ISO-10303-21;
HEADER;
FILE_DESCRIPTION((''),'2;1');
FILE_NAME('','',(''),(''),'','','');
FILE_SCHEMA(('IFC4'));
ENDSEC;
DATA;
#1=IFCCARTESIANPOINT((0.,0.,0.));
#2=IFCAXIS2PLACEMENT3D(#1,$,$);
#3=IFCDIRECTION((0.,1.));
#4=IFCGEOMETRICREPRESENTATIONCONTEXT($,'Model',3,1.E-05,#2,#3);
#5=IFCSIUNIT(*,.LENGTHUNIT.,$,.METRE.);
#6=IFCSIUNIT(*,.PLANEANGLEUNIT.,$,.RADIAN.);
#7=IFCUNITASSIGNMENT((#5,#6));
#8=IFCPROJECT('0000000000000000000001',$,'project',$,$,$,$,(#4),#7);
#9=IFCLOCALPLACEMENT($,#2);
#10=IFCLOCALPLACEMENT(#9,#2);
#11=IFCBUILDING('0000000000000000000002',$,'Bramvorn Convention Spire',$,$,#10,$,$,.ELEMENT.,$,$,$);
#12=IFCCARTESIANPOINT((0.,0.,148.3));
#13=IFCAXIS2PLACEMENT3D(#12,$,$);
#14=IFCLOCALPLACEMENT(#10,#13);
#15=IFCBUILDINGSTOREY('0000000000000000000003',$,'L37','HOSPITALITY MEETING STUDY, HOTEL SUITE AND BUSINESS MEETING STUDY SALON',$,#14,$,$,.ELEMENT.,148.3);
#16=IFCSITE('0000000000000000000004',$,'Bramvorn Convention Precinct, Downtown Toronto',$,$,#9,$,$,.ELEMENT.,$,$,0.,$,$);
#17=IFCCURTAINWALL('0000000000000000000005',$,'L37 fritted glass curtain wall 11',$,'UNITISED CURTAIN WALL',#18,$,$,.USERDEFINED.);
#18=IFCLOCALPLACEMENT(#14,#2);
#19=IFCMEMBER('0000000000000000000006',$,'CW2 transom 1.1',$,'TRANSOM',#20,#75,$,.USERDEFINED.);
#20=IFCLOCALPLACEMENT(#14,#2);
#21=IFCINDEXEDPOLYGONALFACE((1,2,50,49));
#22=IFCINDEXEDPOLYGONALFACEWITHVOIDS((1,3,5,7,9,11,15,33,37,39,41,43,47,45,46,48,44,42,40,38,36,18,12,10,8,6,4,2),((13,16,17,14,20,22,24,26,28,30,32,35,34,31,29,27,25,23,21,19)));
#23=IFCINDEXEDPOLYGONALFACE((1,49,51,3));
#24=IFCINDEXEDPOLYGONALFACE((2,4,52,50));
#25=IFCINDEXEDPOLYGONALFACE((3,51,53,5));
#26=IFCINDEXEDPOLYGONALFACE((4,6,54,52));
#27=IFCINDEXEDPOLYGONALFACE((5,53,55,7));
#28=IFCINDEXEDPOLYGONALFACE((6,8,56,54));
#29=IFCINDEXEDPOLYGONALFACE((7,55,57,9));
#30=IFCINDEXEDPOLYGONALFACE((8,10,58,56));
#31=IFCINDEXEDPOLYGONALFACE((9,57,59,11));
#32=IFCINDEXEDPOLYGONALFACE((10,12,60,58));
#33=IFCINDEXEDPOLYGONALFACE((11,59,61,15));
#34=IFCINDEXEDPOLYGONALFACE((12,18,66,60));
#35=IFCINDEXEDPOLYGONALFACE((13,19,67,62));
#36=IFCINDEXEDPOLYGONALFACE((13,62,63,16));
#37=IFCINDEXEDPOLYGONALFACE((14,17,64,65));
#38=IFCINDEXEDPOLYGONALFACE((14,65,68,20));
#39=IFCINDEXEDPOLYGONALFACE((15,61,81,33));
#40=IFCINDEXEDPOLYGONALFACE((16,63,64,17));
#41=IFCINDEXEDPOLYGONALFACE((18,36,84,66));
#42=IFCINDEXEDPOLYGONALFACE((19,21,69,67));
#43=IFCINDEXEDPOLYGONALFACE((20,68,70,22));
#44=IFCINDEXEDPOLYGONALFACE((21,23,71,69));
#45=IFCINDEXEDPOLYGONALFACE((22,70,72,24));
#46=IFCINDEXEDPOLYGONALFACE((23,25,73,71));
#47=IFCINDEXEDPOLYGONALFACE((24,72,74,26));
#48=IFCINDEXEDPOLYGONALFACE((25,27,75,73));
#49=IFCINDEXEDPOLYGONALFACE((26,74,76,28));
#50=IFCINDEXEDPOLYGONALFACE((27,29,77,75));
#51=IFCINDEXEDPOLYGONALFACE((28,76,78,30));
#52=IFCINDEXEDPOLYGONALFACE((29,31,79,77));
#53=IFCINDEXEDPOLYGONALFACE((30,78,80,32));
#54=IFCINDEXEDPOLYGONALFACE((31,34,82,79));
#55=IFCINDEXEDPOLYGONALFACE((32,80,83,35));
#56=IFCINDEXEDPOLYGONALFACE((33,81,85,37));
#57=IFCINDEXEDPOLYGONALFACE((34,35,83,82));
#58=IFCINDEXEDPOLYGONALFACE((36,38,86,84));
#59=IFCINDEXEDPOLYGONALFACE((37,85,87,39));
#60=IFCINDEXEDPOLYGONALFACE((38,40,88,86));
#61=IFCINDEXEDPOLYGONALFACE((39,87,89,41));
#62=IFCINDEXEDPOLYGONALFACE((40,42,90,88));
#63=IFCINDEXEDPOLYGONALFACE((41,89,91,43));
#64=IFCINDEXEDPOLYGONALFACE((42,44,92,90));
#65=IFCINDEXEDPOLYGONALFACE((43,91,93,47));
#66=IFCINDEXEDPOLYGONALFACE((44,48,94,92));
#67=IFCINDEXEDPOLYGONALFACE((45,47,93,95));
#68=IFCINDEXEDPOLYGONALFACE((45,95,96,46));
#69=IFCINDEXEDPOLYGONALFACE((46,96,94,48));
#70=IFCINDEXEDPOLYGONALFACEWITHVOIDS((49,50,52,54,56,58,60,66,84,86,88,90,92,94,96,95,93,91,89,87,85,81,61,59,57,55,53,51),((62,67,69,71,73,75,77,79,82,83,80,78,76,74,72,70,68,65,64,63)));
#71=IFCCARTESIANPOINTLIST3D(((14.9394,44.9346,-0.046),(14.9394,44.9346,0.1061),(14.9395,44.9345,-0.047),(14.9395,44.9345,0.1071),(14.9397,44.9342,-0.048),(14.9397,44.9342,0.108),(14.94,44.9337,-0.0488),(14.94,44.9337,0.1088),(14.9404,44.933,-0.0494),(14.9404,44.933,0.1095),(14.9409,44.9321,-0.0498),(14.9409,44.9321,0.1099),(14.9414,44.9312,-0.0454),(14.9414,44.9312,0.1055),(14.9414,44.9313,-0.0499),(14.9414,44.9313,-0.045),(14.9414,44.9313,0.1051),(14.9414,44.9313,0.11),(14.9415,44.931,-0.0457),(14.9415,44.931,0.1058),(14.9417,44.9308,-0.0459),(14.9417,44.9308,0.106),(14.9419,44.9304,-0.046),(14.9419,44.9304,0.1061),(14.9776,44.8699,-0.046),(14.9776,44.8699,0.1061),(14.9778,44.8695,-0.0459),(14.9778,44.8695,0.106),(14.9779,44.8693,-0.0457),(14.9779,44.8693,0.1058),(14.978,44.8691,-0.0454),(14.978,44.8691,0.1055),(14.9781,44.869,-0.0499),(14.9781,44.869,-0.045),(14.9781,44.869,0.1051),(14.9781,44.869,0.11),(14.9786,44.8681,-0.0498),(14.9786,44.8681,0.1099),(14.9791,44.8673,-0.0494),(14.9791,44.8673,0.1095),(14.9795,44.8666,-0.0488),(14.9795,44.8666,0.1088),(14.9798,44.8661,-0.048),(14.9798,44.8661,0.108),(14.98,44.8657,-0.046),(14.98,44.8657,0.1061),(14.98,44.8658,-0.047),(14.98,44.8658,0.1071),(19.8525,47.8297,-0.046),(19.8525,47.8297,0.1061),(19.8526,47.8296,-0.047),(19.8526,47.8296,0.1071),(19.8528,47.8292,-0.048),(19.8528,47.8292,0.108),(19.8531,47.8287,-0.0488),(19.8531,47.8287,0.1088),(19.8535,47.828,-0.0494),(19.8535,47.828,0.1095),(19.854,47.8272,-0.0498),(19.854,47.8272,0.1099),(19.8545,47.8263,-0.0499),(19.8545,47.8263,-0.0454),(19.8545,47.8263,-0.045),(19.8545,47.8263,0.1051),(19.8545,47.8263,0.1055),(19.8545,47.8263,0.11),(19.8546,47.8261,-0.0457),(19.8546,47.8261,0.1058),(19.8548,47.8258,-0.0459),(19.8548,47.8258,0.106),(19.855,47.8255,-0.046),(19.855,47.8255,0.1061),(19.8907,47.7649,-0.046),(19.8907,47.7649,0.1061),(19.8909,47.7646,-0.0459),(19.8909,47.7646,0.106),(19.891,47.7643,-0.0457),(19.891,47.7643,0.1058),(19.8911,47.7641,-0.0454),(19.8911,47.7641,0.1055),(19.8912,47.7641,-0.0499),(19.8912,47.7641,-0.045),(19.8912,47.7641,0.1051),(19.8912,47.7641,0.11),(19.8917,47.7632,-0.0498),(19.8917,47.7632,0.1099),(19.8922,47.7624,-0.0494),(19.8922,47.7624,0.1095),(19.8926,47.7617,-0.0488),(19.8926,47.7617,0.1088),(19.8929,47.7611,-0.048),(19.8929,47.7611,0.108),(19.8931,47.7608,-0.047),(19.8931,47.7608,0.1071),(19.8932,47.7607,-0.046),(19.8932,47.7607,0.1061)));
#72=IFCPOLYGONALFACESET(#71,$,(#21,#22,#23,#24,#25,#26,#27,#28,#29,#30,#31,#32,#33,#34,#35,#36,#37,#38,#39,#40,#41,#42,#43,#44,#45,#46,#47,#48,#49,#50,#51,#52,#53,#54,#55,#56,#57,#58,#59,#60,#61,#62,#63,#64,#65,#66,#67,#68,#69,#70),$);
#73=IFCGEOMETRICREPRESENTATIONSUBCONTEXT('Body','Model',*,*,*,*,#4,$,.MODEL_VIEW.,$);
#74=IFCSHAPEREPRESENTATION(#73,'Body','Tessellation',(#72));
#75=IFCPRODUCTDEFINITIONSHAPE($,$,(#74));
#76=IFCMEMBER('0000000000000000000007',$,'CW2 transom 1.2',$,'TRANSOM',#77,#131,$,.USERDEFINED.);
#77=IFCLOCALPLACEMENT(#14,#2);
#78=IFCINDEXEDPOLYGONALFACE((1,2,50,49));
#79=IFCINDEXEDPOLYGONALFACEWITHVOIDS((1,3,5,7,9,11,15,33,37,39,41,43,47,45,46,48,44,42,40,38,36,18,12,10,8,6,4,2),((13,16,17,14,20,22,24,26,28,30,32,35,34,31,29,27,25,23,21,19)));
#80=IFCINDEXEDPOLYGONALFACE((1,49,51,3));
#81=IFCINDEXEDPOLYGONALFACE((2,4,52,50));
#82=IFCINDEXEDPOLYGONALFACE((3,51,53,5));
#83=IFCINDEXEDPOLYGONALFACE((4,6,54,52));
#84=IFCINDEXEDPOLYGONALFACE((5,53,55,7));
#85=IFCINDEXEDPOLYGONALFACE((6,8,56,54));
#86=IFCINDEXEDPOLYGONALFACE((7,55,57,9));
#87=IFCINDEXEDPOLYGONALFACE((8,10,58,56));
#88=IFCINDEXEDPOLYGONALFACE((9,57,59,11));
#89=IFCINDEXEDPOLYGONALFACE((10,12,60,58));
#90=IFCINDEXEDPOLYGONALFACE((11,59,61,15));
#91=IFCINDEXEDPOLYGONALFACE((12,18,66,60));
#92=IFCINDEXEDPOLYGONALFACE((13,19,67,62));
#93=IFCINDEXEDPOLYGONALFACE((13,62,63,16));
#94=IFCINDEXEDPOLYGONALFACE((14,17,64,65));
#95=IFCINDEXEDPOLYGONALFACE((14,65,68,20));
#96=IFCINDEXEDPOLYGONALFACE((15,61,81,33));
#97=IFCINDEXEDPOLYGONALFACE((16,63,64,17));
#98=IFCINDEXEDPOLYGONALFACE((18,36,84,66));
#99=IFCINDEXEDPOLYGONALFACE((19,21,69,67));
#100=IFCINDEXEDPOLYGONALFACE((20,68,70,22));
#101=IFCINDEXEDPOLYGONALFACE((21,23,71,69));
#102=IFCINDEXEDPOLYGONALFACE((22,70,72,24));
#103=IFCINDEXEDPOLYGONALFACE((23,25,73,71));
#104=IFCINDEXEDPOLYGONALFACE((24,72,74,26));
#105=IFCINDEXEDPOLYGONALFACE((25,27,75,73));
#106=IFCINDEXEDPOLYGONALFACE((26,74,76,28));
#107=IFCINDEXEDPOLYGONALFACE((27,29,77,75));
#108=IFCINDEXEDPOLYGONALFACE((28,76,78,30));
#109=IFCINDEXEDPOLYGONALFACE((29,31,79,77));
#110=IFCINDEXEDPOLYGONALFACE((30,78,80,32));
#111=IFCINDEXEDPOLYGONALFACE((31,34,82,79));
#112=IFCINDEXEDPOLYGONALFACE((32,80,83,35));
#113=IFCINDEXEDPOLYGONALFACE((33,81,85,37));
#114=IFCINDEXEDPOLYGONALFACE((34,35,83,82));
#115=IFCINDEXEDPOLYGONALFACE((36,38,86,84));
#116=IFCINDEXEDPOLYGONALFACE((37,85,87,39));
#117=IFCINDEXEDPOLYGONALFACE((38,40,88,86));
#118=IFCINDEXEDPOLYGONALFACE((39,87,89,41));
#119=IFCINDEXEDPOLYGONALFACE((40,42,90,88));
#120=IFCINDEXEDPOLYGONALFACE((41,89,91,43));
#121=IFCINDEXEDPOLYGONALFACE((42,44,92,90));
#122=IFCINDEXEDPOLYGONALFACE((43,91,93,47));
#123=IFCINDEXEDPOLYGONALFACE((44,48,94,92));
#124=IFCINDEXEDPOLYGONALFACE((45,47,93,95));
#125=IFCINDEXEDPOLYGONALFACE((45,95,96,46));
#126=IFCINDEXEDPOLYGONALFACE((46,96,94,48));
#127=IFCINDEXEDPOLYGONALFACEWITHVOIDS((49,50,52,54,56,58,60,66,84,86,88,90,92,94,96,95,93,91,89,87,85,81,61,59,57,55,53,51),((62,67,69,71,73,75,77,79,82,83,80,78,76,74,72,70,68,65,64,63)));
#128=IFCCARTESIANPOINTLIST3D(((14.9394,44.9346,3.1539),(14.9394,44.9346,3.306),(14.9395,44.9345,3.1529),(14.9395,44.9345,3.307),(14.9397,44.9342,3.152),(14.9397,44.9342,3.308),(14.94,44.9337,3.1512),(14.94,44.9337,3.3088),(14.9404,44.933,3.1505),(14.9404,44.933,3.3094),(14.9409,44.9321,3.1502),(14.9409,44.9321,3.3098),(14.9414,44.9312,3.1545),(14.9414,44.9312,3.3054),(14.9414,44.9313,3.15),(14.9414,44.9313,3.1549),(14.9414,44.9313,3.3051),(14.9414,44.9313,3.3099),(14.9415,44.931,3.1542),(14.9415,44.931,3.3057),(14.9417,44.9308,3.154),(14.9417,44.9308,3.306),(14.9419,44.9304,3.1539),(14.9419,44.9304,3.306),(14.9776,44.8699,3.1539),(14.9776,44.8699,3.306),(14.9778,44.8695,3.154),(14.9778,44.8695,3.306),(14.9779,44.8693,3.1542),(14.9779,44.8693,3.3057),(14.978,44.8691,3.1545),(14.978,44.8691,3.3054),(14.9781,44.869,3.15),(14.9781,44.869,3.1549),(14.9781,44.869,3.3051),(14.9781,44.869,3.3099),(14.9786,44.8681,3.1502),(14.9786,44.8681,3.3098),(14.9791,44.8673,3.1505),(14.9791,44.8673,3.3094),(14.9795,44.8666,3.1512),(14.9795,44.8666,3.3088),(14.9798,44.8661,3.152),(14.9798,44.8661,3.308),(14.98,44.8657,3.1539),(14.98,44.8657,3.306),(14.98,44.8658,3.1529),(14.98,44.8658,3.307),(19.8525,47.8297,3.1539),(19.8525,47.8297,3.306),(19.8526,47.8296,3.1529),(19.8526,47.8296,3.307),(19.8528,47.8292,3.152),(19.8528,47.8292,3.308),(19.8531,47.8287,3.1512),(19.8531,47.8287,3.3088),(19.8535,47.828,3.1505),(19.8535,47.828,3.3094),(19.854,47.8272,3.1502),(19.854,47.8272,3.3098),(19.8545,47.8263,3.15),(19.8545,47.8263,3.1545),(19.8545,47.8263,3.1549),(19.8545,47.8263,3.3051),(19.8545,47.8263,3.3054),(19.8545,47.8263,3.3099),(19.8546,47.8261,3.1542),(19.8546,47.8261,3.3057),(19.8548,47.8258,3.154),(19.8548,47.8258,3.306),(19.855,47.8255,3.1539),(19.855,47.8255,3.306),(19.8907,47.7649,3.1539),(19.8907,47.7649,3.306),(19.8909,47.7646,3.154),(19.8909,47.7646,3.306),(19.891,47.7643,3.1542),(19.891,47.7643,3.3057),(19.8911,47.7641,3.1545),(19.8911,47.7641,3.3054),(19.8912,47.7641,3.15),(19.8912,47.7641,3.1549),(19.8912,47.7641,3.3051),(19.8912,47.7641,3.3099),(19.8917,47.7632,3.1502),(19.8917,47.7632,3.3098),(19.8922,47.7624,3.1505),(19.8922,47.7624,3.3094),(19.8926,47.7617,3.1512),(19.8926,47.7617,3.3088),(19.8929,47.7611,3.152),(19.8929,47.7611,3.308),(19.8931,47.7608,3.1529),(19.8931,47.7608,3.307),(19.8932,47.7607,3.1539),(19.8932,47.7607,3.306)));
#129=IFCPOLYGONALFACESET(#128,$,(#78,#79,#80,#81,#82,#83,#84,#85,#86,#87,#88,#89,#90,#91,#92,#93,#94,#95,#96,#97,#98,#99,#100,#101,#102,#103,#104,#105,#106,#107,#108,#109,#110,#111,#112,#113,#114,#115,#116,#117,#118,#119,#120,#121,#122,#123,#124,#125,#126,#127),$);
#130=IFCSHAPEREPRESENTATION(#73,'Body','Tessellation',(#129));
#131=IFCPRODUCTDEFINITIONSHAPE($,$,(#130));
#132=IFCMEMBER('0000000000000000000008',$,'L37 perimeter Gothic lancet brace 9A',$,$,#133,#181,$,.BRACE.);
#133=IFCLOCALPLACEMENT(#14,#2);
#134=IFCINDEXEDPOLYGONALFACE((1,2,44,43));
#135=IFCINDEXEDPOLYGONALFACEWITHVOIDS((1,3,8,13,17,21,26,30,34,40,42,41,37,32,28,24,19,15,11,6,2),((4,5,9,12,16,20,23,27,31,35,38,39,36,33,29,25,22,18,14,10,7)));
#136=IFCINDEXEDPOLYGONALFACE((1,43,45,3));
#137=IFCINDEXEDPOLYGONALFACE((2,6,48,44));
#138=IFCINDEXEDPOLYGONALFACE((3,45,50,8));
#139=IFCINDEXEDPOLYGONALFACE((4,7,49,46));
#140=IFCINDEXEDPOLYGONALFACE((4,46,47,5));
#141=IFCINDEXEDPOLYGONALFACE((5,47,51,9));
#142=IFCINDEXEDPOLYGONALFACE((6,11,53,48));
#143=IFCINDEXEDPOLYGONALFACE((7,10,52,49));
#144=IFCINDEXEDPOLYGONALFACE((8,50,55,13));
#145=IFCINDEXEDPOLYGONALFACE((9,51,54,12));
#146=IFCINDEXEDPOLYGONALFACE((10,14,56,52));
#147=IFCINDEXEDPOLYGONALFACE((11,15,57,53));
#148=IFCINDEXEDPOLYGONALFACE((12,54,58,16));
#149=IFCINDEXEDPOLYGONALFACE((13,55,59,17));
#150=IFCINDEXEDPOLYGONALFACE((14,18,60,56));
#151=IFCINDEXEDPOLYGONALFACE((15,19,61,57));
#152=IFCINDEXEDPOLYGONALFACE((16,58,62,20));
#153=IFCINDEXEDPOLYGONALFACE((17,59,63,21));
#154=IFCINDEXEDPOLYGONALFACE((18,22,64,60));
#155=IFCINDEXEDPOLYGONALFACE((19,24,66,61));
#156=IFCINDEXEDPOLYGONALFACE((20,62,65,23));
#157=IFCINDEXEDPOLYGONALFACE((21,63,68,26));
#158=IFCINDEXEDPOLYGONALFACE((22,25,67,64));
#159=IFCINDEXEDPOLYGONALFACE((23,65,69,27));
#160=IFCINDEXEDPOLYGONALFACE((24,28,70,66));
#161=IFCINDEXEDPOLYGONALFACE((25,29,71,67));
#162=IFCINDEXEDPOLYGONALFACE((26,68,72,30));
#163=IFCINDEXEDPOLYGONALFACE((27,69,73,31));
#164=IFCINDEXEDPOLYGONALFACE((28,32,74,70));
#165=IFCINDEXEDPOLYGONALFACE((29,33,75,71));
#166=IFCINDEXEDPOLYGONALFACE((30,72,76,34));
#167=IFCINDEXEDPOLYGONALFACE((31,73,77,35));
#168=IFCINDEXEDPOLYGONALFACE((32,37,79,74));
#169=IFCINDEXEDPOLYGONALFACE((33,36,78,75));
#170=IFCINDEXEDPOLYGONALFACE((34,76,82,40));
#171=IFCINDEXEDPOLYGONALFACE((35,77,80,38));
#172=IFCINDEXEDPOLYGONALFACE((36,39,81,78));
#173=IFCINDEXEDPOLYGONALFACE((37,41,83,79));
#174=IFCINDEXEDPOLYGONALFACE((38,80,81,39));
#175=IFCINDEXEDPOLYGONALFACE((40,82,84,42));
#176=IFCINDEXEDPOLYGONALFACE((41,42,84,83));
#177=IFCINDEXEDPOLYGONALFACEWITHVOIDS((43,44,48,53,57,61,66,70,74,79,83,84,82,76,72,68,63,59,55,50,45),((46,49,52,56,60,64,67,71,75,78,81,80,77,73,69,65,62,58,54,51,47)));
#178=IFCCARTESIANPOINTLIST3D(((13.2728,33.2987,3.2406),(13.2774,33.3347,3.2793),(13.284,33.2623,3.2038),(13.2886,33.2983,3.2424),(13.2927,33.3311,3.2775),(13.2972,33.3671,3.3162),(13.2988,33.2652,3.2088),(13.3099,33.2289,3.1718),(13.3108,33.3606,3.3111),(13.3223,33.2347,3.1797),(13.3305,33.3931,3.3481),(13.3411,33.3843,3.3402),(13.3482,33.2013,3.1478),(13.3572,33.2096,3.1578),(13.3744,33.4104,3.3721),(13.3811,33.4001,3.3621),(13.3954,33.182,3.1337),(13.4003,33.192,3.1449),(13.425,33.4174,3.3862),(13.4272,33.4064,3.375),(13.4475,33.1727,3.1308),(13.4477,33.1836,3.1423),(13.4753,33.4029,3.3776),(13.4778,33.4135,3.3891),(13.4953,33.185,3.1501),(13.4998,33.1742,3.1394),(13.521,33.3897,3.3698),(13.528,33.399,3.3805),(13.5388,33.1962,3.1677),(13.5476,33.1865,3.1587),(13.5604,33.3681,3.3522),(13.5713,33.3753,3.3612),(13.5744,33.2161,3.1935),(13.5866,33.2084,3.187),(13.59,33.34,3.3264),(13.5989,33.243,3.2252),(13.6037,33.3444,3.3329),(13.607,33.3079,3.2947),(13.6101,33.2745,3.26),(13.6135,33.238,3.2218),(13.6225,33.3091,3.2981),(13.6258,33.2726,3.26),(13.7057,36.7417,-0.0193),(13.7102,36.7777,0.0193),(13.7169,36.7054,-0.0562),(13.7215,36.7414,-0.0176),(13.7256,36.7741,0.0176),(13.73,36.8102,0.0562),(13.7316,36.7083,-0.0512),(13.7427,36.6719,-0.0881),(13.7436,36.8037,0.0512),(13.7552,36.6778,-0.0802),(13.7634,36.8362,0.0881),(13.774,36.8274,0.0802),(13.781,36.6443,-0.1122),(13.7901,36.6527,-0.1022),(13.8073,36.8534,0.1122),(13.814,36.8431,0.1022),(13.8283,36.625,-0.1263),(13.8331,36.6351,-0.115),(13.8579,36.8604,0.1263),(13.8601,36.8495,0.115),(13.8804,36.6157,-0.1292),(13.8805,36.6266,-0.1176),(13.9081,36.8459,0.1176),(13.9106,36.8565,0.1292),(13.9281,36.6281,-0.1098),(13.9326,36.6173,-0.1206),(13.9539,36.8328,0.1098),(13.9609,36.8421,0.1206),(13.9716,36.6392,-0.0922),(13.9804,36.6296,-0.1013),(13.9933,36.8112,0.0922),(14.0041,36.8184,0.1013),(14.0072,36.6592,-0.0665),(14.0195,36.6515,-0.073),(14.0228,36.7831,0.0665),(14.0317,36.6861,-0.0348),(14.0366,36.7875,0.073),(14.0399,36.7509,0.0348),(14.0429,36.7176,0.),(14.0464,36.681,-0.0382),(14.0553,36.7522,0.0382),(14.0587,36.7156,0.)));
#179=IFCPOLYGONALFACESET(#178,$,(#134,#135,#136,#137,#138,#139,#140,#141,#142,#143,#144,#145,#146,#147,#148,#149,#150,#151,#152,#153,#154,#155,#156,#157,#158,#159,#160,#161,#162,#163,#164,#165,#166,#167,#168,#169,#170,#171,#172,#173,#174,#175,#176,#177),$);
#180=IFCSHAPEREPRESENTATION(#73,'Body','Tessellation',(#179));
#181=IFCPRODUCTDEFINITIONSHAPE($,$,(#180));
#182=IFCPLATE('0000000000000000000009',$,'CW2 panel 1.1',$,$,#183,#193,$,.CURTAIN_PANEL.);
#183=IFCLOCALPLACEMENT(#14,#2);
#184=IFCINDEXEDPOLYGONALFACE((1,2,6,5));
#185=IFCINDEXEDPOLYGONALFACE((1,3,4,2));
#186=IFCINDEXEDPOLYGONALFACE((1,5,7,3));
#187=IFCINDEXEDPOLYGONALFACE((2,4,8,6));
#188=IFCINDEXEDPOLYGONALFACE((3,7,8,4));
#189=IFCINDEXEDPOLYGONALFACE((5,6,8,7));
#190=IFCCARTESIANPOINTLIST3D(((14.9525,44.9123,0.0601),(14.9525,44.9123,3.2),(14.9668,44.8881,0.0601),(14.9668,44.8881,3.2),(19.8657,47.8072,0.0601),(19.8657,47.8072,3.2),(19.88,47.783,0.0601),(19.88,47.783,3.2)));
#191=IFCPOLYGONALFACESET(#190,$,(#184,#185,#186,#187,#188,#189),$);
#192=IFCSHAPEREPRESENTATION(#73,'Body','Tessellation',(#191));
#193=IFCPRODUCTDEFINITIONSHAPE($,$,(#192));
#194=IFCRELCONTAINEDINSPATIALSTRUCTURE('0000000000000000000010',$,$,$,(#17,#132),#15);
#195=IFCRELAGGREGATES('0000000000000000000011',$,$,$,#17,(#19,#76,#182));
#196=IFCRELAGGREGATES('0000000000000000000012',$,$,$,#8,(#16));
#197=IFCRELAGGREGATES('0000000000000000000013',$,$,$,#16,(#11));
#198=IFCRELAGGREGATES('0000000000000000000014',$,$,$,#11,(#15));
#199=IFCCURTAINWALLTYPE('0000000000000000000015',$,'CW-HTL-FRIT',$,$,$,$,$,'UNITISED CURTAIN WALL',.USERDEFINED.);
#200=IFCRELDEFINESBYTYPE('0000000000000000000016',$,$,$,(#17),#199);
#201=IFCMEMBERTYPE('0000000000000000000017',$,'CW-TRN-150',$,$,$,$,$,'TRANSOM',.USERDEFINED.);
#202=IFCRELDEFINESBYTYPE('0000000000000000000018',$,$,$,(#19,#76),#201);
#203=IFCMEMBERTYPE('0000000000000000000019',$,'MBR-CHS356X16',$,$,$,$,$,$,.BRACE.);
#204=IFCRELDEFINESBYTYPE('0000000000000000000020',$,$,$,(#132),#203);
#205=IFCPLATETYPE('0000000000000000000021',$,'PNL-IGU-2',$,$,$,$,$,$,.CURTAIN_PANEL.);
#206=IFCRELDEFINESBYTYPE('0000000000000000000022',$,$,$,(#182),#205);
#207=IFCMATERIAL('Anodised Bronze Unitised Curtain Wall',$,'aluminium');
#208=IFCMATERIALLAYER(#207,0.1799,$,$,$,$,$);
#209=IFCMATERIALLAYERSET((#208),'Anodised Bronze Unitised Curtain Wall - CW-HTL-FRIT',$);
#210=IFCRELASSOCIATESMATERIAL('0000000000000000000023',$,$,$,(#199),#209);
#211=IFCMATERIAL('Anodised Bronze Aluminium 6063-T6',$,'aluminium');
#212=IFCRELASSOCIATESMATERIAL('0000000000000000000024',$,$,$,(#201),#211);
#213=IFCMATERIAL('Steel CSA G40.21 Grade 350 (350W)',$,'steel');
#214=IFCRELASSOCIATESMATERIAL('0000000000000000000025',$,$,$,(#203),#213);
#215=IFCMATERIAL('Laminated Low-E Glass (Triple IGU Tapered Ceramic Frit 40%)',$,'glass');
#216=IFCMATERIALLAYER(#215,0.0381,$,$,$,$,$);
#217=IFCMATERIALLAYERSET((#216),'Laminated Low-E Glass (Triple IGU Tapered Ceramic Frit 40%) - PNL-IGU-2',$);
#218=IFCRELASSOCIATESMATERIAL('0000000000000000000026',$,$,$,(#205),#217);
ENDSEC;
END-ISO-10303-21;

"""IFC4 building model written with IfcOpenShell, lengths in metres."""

from ifc_helpers import new_model, si_unit, direction, frame, origin, origin_2d, place, context, subcontext, project, spatial, rectangle, hollow_rectangle, hollow_circle, extrude, material, layer, layer_set, material_profile, profile_set, type_object, element, aggregate, save


model = new_model("IFC4")

# Units and contexts
model_context = context("Model", 3, precision=1e-05, world=origin(), true_north=direction((0.0, 1.0)))
body_context = subcontext(model_context, "Body", "Model", "MODEL_VIEW")
ifc_project = project(units=[si_unit("LENGTHUNIT", "METRE"), si_unit("PLANEANGLEUNIT", "RADIAN")], contexts=[model_context])

# Site, building, storey
site_placement = place(None, origin())
site = spatial("IfcSite", under=ifc_project, at=site_placement, Name="Bramvorn Convention Precinct, Downtown Toronto", CompositionType="ELEMENT", RefElevation=0.0)
building_placement = place(site_placement, origin())
building = spatial("IfcBuilding", under=site, at=building_placement, Name="Bramvorn Convention Spire", CompositionType="ELEMENT")
storey_placement = place(building_placement, frame((0.0, 0.0, 148.3)))
storey = spatial("IfcBuildingStorey", under=building, at=storey_placement, Name="L37", Description="HOSPITALITY MEETING STUDY, HOTEL SUITE AND BUSINESS MEETING STUDY SALON", CompositionType="ELEMENT", Elevation=148.3)

# Shared definitions
ifc_material_1 = material(Name="Steel CSA G40.21 Grade 350 (350W)", Category="steel")

# Shared definitions
ifc_material_2 = material(Name="Anodised Bronze Unitised Curtain Wall", Category="aluminium")
ifc_layer_1 = layer(ifc_material_2, 0.1799)
ifc_layer_set_1 = layer_set([ifc_layer_1], Name="Anodised Bronze Unitised Curtain Wall - CW-HTL-FRIT")
curtain_wall_type = type_object("IfcCurtainWallType", Name="CW-HTL-FRIT", ElementType="UNITISED CURTAIN WALL", PredefinedType="USERDEFINED", material=ifc_layer_set_1)
ifc_material_3 = material(Name="Anodised Bronze Aluminium 6063-T6", Category="aluminium")

# Curtain wall, members
curtain_wall_1_placement = place(storey_placement, origin())
curtain_wall_1 = element("IfcCurtainWall", 1, at=curtain_wall_1_placement, inside=storey, type_object=curtain_wall_type, Name="L37 fritted glass curtain wall 11", ObjectType="UNITISED CURTAIN WALL", PredefinedType="USERDEFINED")
ifc_material_profile_1 = material_profile(ifc_material_3, hollow_rectangle(XDim=0.0801, YDim=0.1599, WallThickness=0.0039, InnerFilletRadius=0.001, OuterFilletRadius=0.0039, at=origin_2d()))
ifc_profile_set_1 = profile_set([ifc_material_profile_1], Name="Anodised Bronze Aluminium 6063-T6 - CWT80X160")
member_type_1 = type_object("IfcMemberType", Name="CW-TRN-150", ElementType="TRANSOM", PredefinedType="USERDEFINED", material=ifc_profile_set_1)
member_1_placement = place(storey_placement, frame((14.9597, 44.9001, 0.03), z_axis=(0.861553, 0.507667, 0.0), x_axis=(-0.507667, 0.861553, 0.0)))
member_1 = element("IfcMember", 2, at=member_1_placement, type_object=member_type_1, Name="CW2 transom 1.1", ObjectType="TRANSOM", PredefinedType="USERDEFINED", context=body_context, shape_type="SweptSolid", body=[
    extrude(hollow_rectangle(XDim=0.0801, YDim=0.1599, WallThickness=0.0039, InnerFilletRadius=0.001, OuterFilletRadius=0.0039, at=origin_2d()), origin(), (0.0, 0.0, 1.0), 5.7026),
])
member_2_placement = place(storey_placement, frame((14.9597, 44.9001, 3.23), z_axis=(0.861553, 0.507667, 0.0), x_axis=(-0.507667, 0.861553, 0.0)))
member_2 = element("IfcMember", 3, at=member_2_placement, type_object=member_type_1, Name="CW2 transom 1.2", ObjectType="TRANSOM", PredefinedType="USERDEFINED", context=body_context, shape_type="SweptSolid", body=[
    extrude(hollow_rectangle(XDim=0.0801, YDim=0.1599, WallThickness=0.0039, InnerFilletRadius=0.001, OuterFilletRadius=0.0039, at=origin_2d()), origin(), (0.0, 0.0, 1.0), 5.7026),
])

# Member
ifc_material_profile_2 = material_profile(ifc_material_1, hollow_circle(Radius=0.1777, WallThickness=0.0159, at=origin_2d()))
ifc_profile_set_2 = profile_set([ifc_material_profile_2], Name="Steel CSA G40.21 Grade 350 (350W) - CHS356X16")
member_type_2 = type_object("IfcMemberType", Name="MBR-CHS356X16", PredefinedType="BRACE", material=ifc_profile_set_2)
member_3_placement = place(storey_placement, frame((13.8823, 36.7378, 0.0), z_axis=(-0.090912, -0.723144, 0.684688), x_axis=(0.99219, -0.124736, 0.0)))
element("IfcMember", 4, at=member_3_placement, inside=storey, type_object=member_type_2, Name="L37 perimeter Gothic lancet brace 9A", PredefinedType="BRACE", context=body_context, shape_type="SweptSolid", body=[
    extrude(hollow_circle(Radius=0.1777, WallThickness=0.0159, at=origin_2d()), origin(), (0.0, 0.0, 1.0), 4.7612),
])

# Plate
ifc_material_4 = material(Name="Laminated Low-E Glass (Triple IGU Tapered Ceramic Frit 40%)", Category="glass")
ifc_layer_2 = layer(ifc_material_4, 0.0381)
ifc_layer_set_2 = layer_set([ifc_layer_2], Name="Laminated Low-E Glass (Triple IGU Tapered Ceramic Frit 40%) - PNL-IGU-2")
plate_type = type_object("IfcPlateType", Name="PNL-IGU-2", PredefinedType="CURTAIN_PANEL", material=ifc_layer_set_2)
plate_placement = place(storey_placement, frame((17.4163, 46.3477, 0.0601), z_axis=(0.0, 0.0, 1.0), x_axis=(0.861562, 0.507653, 0.0)))
plate = element("IfcPlate", 5, at=plate_placement, type_object=plate_type, Name="CW2 panel 1.1", PredefinedType="CURTAIN_PANEL", context=body_context, shape_type="SweptSolid", body=[
    extrude(rectangle(XDim=5.7026, YDim=0.0281, at=origin_2d()), origin(), (0.0, 0.0, 1.0), 3.1399),
])
aggregate(curtain_wall_1, [member_1, member_2, plate])

save(model, "model.ifc")
